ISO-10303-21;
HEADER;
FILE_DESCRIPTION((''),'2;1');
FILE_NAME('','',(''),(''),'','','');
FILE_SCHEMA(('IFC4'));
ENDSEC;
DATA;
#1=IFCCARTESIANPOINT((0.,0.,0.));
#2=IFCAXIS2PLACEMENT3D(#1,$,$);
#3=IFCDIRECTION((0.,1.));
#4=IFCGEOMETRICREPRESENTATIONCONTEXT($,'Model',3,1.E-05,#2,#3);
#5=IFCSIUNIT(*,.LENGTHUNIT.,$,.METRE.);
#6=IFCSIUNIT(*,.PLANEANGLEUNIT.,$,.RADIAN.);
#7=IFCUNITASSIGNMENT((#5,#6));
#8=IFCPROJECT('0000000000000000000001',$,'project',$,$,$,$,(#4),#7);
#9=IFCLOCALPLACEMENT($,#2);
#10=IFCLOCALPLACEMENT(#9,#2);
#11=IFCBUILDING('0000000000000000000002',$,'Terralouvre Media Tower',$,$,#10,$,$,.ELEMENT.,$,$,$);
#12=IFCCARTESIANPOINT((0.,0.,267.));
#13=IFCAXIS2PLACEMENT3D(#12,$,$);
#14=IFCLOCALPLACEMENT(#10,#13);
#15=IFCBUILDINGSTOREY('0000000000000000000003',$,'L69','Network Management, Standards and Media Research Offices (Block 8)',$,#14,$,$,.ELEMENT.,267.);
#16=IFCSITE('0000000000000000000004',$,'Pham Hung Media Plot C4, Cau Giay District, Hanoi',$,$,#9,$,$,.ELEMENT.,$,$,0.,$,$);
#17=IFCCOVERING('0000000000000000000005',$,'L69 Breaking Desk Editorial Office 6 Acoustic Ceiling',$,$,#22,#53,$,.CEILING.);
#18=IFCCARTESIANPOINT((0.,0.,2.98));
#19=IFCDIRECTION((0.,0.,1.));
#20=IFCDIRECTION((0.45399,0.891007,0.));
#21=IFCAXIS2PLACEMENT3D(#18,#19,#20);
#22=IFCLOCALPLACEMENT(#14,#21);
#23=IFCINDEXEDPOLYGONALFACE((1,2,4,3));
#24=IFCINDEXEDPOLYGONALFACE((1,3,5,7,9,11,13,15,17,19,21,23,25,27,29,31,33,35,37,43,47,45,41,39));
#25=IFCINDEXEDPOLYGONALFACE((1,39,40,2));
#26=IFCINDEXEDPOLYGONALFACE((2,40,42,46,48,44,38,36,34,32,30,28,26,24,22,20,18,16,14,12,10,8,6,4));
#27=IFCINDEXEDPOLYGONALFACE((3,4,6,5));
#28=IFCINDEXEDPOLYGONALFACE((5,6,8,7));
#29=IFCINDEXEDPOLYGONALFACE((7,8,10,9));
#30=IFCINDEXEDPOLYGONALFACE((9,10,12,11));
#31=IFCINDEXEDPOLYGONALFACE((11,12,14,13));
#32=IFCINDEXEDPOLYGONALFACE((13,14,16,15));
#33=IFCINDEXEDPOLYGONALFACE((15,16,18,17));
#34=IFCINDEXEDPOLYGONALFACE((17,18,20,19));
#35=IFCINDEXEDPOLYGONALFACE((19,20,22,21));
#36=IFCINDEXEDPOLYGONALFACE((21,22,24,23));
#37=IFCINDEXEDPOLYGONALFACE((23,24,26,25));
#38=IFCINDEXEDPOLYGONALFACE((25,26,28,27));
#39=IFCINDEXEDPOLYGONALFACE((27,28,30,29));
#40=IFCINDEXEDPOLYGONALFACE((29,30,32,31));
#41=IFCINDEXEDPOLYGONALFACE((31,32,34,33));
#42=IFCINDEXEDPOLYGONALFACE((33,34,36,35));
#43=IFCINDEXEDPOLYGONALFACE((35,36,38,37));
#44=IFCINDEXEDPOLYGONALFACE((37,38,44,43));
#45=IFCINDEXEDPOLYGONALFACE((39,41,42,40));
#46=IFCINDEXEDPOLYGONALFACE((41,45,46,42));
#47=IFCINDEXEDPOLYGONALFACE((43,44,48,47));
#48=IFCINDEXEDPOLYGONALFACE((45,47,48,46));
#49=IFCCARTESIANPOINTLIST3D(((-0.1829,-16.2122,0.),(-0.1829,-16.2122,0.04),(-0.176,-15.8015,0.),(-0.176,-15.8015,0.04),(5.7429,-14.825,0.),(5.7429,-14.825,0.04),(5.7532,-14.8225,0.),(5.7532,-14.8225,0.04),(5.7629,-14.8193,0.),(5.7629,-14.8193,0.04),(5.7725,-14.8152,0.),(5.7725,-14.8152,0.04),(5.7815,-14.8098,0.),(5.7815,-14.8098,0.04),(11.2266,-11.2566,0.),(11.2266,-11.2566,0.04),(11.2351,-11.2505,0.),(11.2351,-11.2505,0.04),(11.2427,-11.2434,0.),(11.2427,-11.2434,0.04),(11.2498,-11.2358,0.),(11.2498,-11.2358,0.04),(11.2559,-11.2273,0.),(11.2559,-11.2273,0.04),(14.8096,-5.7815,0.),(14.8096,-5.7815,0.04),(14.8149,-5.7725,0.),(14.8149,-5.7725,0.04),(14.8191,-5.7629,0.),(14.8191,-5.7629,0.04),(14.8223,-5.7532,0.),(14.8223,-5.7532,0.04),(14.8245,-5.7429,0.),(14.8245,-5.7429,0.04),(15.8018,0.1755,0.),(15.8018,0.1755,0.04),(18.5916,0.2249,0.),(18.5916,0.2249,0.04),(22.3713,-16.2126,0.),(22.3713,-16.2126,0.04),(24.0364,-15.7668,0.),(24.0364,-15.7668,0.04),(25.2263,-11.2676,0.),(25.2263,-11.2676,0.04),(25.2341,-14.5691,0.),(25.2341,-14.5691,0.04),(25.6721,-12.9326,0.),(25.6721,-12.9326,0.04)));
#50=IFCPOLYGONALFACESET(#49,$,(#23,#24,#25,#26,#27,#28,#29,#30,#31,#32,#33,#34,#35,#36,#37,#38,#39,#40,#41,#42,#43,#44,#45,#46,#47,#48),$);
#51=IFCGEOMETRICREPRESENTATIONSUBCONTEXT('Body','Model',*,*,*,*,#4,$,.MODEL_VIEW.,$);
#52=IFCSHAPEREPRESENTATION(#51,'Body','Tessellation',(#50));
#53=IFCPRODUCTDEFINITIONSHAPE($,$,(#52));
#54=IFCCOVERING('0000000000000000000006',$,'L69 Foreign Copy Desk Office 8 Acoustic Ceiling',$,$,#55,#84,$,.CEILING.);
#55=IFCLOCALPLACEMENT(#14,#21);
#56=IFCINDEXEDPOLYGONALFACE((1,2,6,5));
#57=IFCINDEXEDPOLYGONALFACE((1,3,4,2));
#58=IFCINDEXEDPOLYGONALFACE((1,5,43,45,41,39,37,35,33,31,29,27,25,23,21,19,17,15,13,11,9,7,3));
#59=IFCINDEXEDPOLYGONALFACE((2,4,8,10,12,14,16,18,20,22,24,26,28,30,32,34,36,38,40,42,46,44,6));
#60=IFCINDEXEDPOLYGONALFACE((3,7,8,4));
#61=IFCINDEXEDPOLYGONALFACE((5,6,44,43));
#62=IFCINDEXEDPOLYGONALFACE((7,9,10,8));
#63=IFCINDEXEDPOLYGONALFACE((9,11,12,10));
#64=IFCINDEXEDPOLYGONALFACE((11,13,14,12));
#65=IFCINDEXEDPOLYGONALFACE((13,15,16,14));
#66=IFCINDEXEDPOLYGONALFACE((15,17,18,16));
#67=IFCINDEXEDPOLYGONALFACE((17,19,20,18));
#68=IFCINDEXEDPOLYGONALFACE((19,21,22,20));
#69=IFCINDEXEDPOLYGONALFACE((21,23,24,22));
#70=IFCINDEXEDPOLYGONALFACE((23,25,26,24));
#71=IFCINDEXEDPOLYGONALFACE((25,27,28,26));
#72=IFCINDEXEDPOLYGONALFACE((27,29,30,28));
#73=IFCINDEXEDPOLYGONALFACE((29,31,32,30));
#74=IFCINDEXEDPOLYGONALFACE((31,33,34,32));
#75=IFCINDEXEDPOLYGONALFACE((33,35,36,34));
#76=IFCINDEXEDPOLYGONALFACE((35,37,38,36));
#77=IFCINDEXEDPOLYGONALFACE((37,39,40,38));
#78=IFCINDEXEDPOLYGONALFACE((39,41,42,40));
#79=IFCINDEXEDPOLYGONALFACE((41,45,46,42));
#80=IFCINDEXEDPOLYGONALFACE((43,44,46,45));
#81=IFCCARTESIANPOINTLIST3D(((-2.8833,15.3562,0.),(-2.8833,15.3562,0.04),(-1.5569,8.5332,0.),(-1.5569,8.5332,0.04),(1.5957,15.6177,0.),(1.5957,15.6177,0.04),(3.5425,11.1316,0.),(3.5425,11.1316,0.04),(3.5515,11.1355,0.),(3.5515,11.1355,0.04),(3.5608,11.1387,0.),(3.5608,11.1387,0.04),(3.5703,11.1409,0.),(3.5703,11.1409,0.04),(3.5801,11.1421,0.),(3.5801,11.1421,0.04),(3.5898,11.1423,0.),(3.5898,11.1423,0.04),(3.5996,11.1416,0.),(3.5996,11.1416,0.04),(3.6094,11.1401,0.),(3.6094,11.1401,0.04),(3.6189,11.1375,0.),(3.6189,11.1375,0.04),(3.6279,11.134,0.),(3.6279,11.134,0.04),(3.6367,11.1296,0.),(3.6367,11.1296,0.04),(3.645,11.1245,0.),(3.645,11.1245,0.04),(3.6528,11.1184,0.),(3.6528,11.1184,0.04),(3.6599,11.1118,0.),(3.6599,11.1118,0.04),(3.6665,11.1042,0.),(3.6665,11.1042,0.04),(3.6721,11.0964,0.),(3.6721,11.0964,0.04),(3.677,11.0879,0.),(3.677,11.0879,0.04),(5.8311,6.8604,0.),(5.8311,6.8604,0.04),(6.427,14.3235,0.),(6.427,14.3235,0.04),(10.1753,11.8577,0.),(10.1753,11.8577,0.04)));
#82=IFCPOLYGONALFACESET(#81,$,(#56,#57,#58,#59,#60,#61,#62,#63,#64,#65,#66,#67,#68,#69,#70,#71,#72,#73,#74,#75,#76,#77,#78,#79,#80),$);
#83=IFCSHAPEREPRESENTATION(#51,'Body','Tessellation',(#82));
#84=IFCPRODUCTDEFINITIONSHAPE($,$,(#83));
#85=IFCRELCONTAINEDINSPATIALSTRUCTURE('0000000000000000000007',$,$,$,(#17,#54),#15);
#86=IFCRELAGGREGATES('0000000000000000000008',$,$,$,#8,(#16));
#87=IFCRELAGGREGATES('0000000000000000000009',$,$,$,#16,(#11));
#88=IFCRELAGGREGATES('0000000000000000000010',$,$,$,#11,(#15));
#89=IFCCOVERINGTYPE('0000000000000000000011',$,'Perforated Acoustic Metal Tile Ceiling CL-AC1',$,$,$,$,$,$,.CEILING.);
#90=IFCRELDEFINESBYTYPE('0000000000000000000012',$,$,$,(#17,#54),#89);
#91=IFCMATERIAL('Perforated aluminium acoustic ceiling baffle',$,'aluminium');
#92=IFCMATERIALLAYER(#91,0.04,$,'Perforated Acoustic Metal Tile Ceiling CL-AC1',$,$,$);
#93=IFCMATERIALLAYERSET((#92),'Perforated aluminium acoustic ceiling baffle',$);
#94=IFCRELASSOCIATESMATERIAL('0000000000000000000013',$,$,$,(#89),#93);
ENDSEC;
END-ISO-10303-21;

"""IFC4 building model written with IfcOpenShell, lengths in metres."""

from ifc_helpers import new_model, si_unit, direction, frame, origin, place, context, subcontext, project, spatial, polyline, outline, extrude, material, layer, layer_set, type_object, element, save


model = new_model("IFC4")

# Units and contexts
model_context = context("Model", 3, precision=1e-05, world=origin(), true_north=direction((0.0, 1.0)))
body_context = subcontext(model_context, "Body", "Model", "MODEL_VIEW")
ifc_project = project(units=[si_unit("LENGTHUNIT", "METRE"), si_unit("PLANEANGLEUNIT", "RADIAN")], contexts=[model_context])

# Site, building, storey
site_placement = place(None, origin())
site = spatial("IfcSite", under=ifc_project, at=site_placement, Name="Pham Hung Media Plot C4, Cau Giay District, Hanoi", CompositionType="ELEMENT", RefElevation=0.0)
building_placement = place(site_placement, origin())
building = spatial("IfcBuilding", under=site, at=building_placement, Name="Terralouvre Media Tower", CompositionType="ELEMENT")
storey_placement = place(building_placement, frame((0.0, 0.0, 267.0)))
storey = spatial("IfcBuildingStorey", under=building, at=storey_placement, Name="L69", Description="Network Management, Standards and Media Research Offices (Block 8)", CompositionType="ELEMENT", Elevation=267.0)

# Coverings
ifc_material_1 = material(Name="Perforated aluminium acoustic ceiling baffle", Category="aluminium")
ifc_layer_1 = layer(ifc_material_1, 0.04, Name="Perforated Acoustic Metal Tile Ceiling CL-AC1")
ifc_layer_set_1 = layer_set([ifc_layer_1], Name="Perforated aluminium acoustic ceiling baffle")
covering_type = type_object("IfcCoveringType", Name="Perforated Acoustic Metal Tile Ceiling CL-AC1", PredefinedType="CEILING", material=ifc_layer_set_1)
covering_1_placement = place(storey_placement, frame((0.0, 0.0, 2.98), z_axis=(0.0, 0.0, 1.0), x_axis=(0.45399, 0.891007, 0.0)))
element("IfcCovering", 1, at=covering_1_placement, inside=storey, type_object=covering_type, Name="L69 Breaking Desk Editorial Office 6 Acoustic Ceiling", PredefinedType="CEILING", context=body_context, shape_type="SweptSolid", body=[
    extrude(outline(polyline([(14.8245, -5.7429), (14.8223, -5.7532), (14.8191, -5.7629), (14.8149, -5.7725), (14.8096, -5.7815), (11.2559, -11.2273), (11.2498, -11.2358), (11.2427, -11.2434), (11.2351, -11.2505), (11.2266, -11.2566), (5.7815, -14.8098), (5.7725, -14.8152), (5.7629, -14.8193), (5.7532, -14.8225), (5.7429, -14.825), (-0.176, -15.8015), (-0.1829, -16.2122), (22.3713, -16.2126), (24.0364, -15.7668), (25.2341, -14.5691), (25.6721, -12.9326), (25.2263, -11.2676), (18.5916, 0.2249), (15.8018, 0.1755), (14.8245, -5.7429)])), origin(), (0.0, 0.0, 1.0), 0.04),
])
covering_2_placement = place(storey_placement, frame((0.0, 0.0, 2.98), z_axis=(0.0, 0.0, 1.0), x_axis=(0.45399, 0.891007, 0.0)))
element("IfcCovering", 2, at=covering_2_placement, inside=storey, type_object=covering_type, Name="L69 Foreign Copy Desk Office 8 Acoustic Ceiling", PredefinedType="CEILING", context=body_context, shape_type="SweptSolid", body=[
    extrude(outline(polyline([(6.427, 14.3235), (1.5957, 15.6177), (-2.8833, 15.3562), (-1.5569, 8.5332), (3.5425, 11.1316), (3.5515, 11.1355), (3.5608, 11.1387), (3.5703, 11.1409), (3.5801, 11.1421), (3.5898, 11.1423), (3.5996, 11.1416), (3.6094, 11.1401), (3.6189, 11.1375), (3.6279, 11.134), (3.6367, 11.1296), (3.645, 11.1245), (3.6528, 11.1184), (3.6599, 11.1118), (3.6665, 11.1042), (3.6721, 11.0964), (3.677, 11.0879), (5.8311, 6.8604), (10.1753, 11.8577), (6.427, 14.3235)])), origin(), (0.0, 0.0, 1.0), 0.04),
])

save(model, "model.ifc")
